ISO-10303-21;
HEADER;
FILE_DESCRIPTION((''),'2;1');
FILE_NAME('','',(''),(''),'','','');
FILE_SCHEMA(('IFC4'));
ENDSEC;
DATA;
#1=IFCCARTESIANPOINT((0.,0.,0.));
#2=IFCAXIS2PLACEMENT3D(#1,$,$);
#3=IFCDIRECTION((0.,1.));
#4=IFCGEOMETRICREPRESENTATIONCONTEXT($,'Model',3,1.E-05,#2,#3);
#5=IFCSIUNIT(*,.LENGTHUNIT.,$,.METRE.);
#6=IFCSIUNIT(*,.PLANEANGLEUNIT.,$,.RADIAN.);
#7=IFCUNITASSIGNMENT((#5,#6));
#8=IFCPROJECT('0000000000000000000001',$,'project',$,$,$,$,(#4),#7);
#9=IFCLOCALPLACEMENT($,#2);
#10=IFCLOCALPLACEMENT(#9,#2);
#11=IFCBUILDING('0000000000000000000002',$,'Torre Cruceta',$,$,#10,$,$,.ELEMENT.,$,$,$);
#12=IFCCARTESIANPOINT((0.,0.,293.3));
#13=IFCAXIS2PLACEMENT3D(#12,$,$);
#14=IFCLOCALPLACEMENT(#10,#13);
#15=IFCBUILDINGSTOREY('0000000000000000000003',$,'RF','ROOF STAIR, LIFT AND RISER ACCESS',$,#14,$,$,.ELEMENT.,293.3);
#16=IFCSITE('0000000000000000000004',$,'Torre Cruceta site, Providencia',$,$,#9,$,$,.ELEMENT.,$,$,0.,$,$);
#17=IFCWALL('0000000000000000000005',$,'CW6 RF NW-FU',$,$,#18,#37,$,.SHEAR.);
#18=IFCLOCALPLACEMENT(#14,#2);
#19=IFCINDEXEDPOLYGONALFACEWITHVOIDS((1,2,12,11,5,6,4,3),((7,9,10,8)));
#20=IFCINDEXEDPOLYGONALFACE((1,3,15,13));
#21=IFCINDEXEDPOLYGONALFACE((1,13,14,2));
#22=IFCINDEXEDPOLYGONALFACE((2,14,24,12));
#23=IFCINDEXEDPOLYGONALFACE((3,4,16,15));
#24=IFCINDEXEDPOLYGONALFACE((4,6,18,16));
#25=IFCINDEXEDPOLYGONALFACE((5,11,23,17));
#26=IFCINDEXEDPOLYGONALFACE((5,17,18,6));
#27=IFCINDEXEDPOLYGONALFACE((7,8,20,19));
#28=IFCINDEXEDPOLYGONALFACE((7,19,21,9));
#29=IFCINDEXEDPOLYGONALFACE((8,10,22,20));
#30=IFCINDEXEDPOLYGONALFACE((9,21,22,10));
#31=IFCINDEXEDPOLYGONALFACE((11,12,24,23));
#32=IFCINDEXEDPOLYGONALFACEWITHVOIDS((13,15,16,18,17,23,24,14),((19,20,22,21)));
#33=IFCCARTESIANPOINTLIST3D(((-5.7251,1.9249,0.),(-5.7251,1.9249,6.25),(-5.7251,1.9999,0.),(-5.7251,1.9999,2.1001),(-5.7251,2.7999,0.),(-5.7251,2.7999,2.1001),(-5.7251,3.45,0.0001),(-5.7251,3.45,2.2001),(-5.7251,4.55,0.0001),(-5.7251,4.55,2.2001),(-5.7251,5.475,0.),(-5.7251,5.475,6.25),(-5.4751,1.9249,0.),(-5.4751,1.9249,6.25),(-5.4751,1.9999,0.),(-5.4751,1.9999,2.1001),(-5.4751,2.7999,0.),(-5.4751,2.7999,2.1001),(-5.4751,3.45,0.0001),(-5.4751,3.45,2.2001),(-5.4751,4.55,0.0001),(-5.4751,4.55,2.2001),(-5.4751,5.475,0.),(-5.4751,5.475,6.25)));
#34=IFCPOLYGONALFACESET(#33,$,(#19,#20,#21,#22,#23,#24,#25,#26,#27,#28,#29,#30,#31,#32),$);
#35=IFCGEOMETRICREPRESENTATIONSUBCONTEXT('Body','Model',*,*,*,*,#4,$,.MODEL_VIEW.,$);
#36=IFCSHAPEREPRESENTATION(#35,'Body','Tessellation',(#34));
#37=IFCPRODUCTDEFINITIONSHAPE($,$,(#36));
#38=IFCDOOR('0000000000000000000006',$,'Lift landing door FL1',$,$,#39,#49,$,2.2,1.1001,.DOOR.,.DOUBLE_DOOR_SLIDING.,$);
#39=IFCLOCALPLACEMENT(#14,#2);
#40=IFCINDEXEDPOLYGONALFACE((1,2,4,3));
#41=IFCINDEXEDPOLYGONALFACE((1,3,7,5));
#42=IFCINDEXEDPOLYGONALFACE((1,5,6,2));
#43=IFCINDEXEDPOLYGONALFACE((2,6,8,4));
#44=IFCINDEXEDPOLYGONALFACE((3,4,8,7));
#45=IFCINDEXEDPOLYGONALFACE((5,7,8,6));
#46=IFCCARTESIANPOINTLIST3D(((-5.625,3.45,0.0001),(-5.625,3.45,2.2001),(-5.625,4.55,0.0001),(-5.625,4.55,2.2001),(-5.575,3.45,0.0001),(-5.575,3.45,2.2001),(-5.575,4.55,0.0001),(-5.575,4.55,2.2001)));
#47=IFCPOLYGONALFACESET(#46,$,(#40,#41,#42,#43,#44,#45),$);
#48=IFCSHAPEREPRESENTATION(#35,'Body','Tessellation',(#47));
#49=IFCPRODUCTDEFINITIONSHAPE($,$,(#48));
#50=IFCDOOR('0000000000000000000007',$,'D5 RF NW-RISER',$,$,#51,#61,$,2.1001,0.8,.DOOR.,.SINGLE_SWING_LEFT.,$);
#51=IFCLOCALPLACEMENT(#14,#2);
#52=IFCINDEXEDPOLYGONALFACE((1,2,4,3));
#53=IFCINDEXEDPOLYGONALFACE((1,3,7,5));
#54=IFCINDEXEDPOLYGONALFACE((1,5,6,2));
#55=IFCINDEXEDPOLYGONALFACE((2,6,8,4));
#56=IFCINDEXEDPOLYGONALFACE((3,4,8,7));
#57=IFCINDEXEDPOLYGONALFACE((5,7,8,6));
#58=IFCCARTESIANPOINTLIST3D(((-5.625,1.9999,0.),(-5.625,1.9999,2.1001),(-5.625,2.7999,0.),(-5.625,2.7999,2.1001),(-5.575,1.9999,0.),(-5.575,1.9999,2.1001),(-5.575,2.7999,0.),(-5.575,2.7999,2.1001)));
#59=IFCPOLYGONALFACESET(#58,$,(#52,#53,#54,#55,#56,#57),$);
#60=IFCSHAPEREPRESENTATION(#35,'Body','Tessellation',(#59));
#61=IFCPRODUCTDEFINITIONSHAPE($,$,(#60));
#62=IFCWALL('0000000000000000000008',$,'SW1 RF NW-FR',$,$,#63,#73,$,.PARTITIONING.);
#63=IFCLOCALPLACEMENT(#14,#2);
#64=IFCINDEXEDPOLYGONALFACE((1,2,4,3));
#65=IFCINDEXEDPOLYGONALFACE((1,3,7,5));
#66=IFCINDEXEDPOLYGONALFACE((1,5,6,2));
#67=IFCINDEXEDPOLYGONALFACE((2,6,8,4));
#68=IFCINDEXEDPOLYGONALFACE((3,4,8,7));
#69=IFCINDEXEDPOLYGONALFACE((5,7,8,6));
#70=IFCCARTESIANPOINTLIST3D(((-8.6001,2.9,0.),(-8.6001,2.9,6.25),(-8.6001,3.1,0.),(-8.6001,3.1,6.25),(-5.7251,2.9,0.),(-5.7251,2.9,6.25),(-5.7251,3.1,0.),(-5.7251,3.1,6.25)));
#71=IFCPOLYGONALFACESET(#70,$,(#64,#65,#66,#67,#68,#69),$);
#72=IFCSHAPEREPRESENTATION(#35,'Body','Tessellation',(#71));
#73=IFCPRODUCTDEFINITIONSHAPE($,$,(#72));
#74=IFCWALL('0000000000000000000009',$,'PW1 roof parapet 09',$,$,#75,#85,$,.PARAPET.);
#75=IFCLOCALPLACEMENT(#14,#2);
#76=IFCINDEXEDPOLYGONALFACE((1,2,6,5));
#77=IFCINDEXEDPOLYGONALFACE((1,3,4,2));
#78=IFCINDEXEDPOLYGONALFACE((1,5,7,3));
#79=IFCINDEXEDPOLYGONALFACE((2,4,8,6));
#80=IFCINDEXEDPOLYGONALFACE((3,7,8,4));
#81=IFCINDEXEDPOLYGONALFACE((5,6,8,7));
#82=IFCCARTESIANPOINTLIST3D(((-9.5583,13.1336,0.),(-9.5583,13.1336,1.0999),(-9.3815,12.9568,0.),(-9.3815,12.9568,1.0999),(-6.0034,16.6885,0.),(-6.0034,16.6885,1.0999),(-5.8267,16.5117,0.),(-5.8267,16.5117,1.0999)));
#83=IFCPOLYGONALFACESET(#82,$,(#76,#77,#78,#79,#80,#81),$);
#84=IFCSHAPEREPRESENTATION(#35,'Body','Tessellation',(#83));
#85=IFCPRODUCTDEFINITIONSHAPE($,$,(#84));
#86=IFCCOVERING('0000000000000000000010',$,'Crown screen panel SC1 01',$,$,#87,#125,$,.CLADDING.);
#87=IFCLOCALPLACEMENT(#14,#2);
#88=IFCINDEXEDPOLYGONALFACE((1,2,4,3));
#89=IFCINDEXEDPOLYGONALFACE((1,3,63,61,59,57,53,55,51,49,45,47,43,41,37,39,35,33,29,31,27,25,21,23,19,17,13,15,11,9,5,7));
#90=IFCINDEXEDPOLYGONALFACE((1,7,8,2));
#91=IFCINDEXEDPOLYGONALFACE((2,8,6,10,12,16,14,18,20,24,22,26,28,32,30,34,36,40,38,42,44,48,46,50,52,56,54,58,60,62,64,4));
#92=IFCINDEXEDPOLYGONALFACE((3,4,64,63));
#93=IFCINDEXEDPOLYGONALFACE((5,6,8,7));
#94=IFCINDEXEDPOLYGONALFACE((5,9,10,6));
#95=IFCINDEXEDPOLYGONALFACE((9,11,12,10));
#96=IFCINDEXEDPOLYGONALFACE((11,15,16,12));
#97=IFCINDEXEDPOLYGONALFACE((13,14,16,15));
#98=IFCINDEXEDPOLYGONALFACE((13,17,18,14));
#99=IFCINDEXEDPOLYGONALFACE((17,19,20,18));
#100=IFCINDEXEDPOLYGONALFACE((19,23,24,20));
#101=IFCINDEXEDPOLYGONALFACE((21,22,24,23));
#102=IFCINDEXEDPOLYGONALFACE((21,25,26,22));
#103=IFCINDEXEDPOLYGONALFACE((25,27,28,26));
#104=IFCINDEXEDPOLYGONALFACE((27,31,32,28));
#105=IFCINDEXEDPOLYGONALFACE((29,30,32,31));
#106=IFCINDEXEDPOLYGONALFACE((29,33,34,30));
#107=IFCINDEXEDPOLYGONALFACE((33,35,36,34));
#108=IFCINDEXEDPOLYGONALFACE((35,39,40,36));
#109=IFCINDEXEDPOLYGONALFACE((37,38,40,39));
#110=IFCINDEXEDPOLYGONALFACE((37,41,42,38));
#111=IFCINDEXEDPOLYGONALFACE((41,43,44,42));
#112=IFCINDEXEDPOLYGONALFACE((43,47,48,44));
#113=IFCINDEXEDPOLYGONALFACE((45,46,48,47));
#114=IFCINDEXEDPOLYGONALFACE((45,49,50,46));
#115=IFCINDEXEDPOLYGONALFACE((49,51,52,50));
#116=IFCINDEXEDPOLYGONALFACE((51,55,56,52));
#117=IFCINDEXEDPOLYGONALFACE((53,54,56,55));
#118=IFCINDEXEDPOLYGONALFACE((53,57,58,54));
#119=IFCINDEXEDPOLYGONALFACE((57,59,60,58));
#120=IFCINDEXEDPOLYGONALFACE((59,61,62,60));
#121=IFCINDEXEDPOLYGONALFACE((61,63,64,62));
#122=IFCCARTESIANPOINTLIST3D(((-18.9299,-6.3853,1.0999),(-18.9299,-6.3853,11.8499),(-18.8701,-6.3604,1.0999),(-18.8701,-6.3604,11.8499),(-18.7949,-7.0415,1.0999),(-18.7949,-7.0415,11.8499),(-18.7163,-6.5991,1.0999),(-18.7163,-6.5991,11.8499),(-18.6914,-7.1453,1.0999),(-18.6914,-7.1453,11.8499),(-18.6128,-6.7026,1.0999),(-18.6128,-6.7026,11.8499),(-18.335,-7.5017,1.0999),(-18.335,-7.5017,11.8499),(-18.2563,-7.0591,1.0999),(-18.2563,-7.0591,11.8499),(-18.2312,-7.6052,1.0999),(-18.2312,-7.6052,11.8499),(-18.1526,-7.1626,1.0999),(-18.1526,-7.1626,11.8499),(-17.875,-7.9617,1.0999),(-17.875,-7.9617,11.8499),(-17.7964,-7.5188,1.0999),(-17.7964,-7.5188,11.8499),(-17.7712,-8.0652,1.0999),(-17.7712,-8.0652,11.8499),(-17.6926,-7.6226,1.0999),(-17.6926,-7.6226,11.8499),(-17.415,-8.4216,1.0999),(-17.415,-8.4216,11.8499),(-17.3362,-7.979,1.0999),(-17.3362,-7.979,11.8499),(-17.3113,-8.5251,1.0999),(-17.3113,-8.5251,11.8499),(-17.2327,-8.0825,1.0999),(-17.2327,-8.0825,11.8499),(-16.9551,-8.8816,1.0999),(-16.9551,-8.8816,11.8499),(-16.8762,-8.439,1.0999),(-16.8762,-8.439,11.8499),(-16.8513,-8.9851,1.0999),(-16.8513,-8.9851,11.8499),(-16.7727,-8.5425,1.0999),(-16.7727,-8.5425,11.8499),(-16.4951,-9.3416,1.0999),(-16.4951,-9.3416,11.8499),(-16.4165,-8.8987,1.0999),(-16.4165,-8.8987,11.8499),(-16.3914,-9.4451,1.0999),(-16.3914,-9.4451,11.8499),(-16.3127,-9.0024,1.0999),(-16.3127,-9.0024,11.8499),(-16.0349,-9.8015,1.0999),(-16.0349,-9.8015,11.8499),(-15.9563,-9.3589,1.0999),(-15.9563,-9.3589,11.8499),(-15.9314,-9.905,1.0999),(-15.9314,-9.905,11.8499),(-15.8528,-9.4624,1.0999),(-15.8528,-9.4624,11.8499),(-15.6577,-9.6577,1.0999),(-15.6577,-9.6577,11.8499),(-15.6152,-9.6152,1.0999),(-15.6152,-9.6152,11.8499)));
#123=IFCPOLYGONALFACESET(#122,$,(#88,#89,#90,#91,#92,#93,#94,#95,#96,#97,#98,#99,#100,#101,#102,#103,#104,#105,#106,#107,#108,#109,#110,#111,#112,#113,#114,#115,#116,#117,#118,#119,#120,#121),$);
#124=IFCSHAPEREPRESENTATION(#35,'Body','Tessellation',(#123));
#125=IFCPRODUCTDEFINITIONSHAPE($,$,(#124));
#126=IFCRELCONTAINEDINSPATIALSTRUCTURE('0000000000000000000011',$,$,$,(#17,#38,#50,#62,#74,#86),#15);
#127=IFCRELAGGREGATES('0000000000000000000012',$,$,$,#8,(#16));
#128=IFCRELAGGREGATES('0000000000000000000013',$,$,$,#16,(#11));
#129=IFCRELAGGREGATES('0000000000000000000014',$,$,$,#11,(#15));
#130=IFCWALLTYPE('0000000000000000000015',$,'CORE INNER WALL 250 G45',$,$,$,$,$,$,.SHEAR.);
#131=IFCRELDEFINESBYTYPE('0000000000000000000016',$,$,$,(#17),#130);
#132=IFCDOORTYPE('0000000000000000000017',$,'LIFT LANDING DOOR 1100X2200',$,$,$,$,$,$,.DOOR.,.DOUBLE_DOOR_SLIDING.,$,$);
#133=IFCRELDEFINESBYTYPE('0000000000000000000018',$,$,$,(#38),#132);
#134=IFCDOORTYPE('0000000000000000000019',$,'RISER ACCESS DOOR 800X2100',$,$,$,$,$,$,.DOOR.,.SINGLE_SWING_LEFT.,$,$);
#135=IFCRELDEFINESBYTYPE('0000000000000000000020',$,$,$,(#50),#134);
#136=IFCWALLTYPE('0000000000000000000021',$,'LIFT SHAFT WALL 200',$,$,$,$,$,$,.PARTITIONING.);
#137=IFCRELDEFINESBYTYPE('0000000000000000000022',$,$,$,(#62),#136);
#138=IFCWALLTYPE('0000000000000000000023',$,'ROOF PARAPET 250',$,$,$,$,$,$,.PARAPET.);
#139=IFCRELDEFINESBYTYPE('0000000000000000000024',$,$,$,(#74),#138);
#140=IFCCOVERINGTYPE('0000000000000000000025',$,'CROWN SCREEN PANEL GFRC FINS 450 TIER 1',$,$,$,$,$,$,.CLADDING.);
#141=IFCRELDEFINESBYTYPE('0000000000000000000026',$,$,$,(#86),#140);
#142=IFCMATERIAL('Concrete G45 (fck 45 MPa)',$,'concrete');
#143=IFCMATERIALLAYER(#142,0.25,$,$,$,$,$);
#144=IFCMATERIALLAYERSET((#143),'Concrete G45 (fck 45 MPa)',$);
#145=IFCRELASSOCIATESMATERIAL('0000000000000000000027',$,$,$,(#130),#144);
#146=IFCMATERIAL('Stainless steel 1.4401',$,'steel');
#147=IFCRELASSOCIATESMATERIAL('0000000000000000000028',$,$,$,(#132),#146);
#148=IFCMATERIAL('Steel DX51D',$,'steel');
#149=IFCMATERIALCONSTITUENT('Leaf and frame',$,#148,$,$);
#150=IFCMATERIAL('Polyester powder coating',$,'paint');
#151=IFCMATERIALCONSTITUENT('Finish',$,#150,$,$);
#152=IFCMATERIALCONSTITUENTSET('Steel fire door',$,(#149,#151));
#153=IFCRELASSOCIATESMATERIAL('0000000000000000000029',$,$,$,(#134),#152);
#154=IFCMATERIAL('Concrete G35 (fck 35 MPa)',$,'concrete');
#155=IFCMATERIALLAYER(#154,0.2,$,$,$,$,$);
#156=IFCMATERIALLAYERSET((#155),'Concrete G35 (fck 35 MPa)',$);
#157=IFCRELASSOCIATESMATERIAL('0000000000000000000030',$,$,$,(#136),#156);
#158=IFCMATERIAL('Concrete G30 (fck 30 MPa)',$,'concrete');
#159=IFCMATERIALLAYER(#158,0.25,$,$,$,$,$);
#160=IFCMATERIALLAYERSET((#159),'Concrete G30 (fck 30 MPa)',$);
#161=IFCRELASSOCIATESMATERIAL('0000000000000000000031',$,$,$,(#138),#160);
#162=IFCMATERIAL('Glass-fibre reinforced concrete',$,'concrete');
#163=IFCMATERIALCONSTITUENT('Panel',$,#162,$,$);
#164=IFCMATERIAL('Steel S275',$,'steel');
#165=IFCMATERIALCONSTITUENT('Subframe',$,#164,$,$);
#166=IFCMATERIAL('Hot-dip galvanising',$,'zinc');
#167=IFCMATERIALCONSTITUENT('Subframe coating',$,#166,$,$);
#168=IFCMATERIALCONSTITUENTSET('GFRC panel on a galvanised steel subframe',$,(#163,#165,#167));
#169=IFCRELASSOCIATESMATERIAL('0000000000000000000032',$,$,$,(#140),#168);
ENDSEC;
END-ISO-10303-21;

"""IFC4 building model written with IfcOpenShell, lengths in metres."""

from ifc_helpers import new_model, si_unit, direction, frame, frame_2d, origin, place, context, subcontext, project, spatial, polyline, rectangle, outline, extrude, material, layer, layer_set, constituent, constituent_set, type_object, element, fill, save


model = new_model("IFC4")

# Units and contexts
model_context = context("Model", 3, precision=1e-05, world=origin(), true_north=direction((0.0, 1.0)))
body_context = subcontext(model_context, "Body", "Model", "MODEL_VIEW")
ifc_project = project(units=[si_unit("LENGTHUNIT", "METRE"), si_unit("PLANEANGLEUNIT", "RADIAN")], contexts=[model_context])

# Site, building, storey
site_placement = place(None, origin())
site = spatial("IfcSite", under=ifc_project, at=site_placement, Name="Torre Cruceta site, Providencia", CompositionType="ELEMENT", RefElevation=0.0)
building_placement = place(site_placement, origin())
building = spatial("IfcBuilding", under=site, at=building_placement, Name="Torre Cruceta", CompositionType="ELEMENT")
storey_placement = place(building_placement, frame((0.0, 0.0, 293.3)))
storey = spatial("IfcBuildingStorey", under=building, at=storey_placement, Name="RF", Description="ROOF STAIR, LIFT AND RISER ACCESS", CompositionType="ELEMENT", Elevation=293.3)

# Shared definitions
ifc_material_1 = material(Name="Concrete G45 (fck 45 MPa)", Category="concrete")
ifc_layer_1 = layer(ifc_material_1, 0.25)
ifc_layer_set_1 = layer_set([ifc_layer_1], Name="Concrete G45 (fck 45 MPa)")
wall_type_1 = type_object("IfcWallType", Name="CORE INNER WALL 250 G45", PredefinedType="SHEAR", material=ifc_layer_set_1)

# Wall, openings, doors
wall_1_placement = place(storey_placement, frame((-5.6001, 1.925, 0.0), z_axis=(0.0, 0.0, 1.0), x_axis=(0.0, 1.0, 0.0)))
wall_1 = element("IfcWall", 1, at=wall_1_placement, inside=storey, type_object=wall_type_1, Name="CW6 RF NW-FU", PredefinedType="SHEAR", context=body_context, shape_type="SweptSolid", body=[
    extrude(rectangle(XDim=3.55, YDim=0.25, at=frame_2d((1.7749, 0.0))), origin(), (0.0, 0.0, 1.0), 6.25),
])
opening_1_placement = place(wall_1_placement, frame((1.5249, 0.0, 0.0)))
opening_1 = element("IfcOpeningElement", 2, at=opening_1_placement, cuts=wall_1, PredefinedType="OPENING", context=body_context, shape_type="SweptSolid", body=[
    extrude(rectangle(XDim=1.1001, YDim=2.2, at=frame_2d((0.55, 1.1001))), frame((0.0, 0.135, 0.0), z_axis=(0.0, -1.0, 0.0), x_axis=(1.0, 0.0, 0.0)), (0.0, 0.0, 1.0), 0.27),
])
opening_2_placement = place(wall_1_placement, frame((0.075, 0.0, 0.0)))
opening_2 = element("IfcOpeningElement", 3, at=opening_2_placement, cuts=wall_1, PredefinedType="OPENING", context=body_context, shape_type="SweptSolid", body=[
    extrude(rectangle(XDim=0.8, YDim=2.1001, at=frame_2d((0.3999, 1.05))), frame((0.0, 0.135, 0.0), z_axis=(0.0, -1.0, 0.0), x_axis=(1.0, 0.0, 0.0)), (0.0, 0.0, 1.0), 0.27),
])
ifc_material_2 = material(Name="Stainless steel 1.4401", Category="steel")
door_type_1 = type_object("IfcDoorType", Name="LIFT LANDING DOOR 1100X2200", OperationType="DOUBLE_DOOR_SLIDING", PredefinedType="DOOR", material=ifc_material_2)
door_1_placement = place(opening_1_placement, origin())
door_1 = element("IfcDoor", 4, at=door_1_placement, inside=storey, type_object=door_type_1, Name="Lift landing door FL1", OperationType="DOUBLE_DOOR_SLIDING", OverallHeight=2.2, OverallWidth=1.1001, PredefinedType="DOOR", context=body_context, shape_type="SweptSolid", body=[
    extrude(rectangle(XDim=1.1001, YDim=2.2, at=frame_2d((0.55, 1.1001))), frame((0.0, 0.0249, 0.0), z_axis=(0.0, -1.0, 0.0), x_axis=(1.0, 0.0, 0.0)), (0.0, 0.0, 1.0), 0.05),
])
fill(opening_1, door_1)
ifc_material_3 = material(Name="Steel DX51D", Category="steel")
ifc_constituent_1 = constituent(ifc_material_3, Name="Leaf and frame")
ifc_material_4 = material(Name="Polyester powder coating", Category="paint")
ifc_constituent_2 = constituent(ifc_material_4, Name="Finish")
ifc_constituent_set_1 = constituent_set(constituents=[ifc_constituent_1, ifc_constituent_2], Name="Steel fire door")
door_type_2 = type_object("IfcDoorType", Name="RISER ACCESS DOOR 800X2100", OperationType="SINGLE_SWING_LEFT", PredefinedType="DOOR", material=ifc_constituent_set_1)
door_2_placement = place(opening_2_placement, origin())
door_2 = element("IfcDoor", 5, at=door_2_placement, inside=storey, type_object=door_type_2, Name="D5 RF NW-RISER", OperationType="SINGLE_SWING_LEFT", OverallHeight=2.1001, OverallWidth=0.8, PredefinedType="DOOR", context=body_context, shape_type="SweptSolid", body=[
    extrude(rectangle(XDim=0.8, YDim=2.1001, at=frame_2d((0.3999, 1.05))), frame((0.0, 0.0249, 0.0), z_axis=(0.0, -1.0, 0.0), x_axis=(1.0, 0.0, 0.0)), (0.0, 0.0, 1.0), 0.05),
])
fill(opening_2, door_2)

# Walls
ifc_material_5 = material(Name="Concrete G35 (fck 35 MPa)", Category="concrete")
ifc_layer_2 = layer(ifc_material_5, 0.2)
ifc_layer_set_2 = layer_set([ifc_layer_2], Name="Concrete G35 (fck 35 MPa)")
wall_type_2 = type_object("IfcWallType", Name="LIFT SHAFT WALL 200", PredefinedType="PARTITIONING", material=ifc_layer_set_2)
wall_2_placement = place(storey_placement, frame((-5.7251, 3.0, 0.0), z_axis=(0.0, 0.0, 1.0), x_axis=(-1.0, 0.0, 0.0)))
element("IfcWall", 6, at=wall_2_placement, inside=storey, type_object=wall_type_2, Name="SW1 RF NW-FR", PredefinedType="PARTITIONING", context=body_context, shape_type="SweptSolid", body=[
    extrude(rectangle(XDim=2.875, YDim=0.2, at=frame_2d((1.4375, 0.0))), origin(), (0.0, 0.0, 1.0), 6.25),
])
ifc_material_6 = material(Name="Concrete G30 (fck 30 MPa)", Category="concrete")
ifc_layer_3 = layer(ifc_material_6, 0.25)
ifc_layer_set_3 = layer_set([ifc_layer_3], Name="Concrete G30 (fck 30 MPa)")
wall_type_3 = type_object("IfcWallType", Name="ROOF PARAPET 250", PredefinedType="PARAPET", material=ifc_layer_set_3)
wall_3_placement = place(storey_placement, frame((-5.915, 16.6001, 0.0), z_axis=(0.0, 0.0, 1.0), x_axis=(-0.707107, -0.707107, 0.0)))
element("IfcWall", 7, at=wall_3_placement, inside=storey, type_object=wall_type_3, Name="PW1 roof parapet 09", PredefinedType="PARAPET", context=body_context, shape_type="SweptSolid", body=[
    extrude(rectangle(XDim=5.0273, YDim=0.25, at=frame_2d((2.5137, 0.0))), origin(), (0.0, 0.0, 1.0), 1.0999),
])

# Covering
ifc_material_7 = material(Name="Glass-fibre reinforced concrete", Category="concrete")
ifc_constituent_3 = constituent(ifc_material_7, Name="Panel")
ifc_material_8 = material(Name="Steel S275", Category="steel")
ifc_constituent_4 = constituent(ifc_material_8, Name="Subframe")
ifc_material_9 = material(Name="Hot-dip galvanising", Category="zinc")
ifc_constituent_5 = constituent(ifc_material_9, Name="Subframe coating")
ifc_constituent_set_2 = constituent_set(constituents=[ifc_constituent_3, ifc_constituent_4, ifc_constituent_5], Name="GFRC panel on a galvanised steel subframe")
covering_type_1 = type_object("IfcCoveringType", Name="CROWN SCREEN PANEL GFRC FINS 450 TIER 1", PredefinedType="CLADDING", material=ifc_constituent_set_2)
covering_1_placement = place(storey_placement, frame((0.0, 0.0, 1.0999)))
element("IfcCovering", 8, at=covering_1_placement, inside=storey, type_object=covering_type_1, Name="Crown screen panel SC1 01", PredefinedType="CLADDING", context=body_context, shape_type="SweptSolid", body=[
    extrude(outline(polyline([(-15.9314, -9.905), (-15.8528, -9.4624), (-15.6577, -9.6577), (-15.6152, -9.6152), (-18.8701, -6.3604), (-18.9299, -6.3853), (-18.7163, -6.5991), (-18.7949, -7.0415), (-18.6914, -7.1453), (-18.6128, -6.7026), (-18.2563, -7.0591), (-18.335, -7.5017), (-18.2312, -7.6052), (-18.1526, -7.1626), (-17.7964, -7.5188), (-17.875, -7.9617), (-17.7712, -8.0652), (-17.6926, -7.6226), (-17.3362, -7.979), (-17.415, -8.4216), (-17.3113, -8.5251), (-17.2327, -8.0825), (-16.8762, -8.439), (-16.9551, -8.8816), (-16.8513, -8.9851), (-16.7727, -8.5425), (-16.4165, -8.8987), (-16.4951, -9.3416), (-16.3914, -9.4451), (-16.3127, -9.0024), (-15.9563, -9.3589), (-16.0349, -9.8015), (-15.9314, -9.905)])), origin(), (0.0, 0.0, 1.0), 10.75),
])

save(model, "model.ifc")
